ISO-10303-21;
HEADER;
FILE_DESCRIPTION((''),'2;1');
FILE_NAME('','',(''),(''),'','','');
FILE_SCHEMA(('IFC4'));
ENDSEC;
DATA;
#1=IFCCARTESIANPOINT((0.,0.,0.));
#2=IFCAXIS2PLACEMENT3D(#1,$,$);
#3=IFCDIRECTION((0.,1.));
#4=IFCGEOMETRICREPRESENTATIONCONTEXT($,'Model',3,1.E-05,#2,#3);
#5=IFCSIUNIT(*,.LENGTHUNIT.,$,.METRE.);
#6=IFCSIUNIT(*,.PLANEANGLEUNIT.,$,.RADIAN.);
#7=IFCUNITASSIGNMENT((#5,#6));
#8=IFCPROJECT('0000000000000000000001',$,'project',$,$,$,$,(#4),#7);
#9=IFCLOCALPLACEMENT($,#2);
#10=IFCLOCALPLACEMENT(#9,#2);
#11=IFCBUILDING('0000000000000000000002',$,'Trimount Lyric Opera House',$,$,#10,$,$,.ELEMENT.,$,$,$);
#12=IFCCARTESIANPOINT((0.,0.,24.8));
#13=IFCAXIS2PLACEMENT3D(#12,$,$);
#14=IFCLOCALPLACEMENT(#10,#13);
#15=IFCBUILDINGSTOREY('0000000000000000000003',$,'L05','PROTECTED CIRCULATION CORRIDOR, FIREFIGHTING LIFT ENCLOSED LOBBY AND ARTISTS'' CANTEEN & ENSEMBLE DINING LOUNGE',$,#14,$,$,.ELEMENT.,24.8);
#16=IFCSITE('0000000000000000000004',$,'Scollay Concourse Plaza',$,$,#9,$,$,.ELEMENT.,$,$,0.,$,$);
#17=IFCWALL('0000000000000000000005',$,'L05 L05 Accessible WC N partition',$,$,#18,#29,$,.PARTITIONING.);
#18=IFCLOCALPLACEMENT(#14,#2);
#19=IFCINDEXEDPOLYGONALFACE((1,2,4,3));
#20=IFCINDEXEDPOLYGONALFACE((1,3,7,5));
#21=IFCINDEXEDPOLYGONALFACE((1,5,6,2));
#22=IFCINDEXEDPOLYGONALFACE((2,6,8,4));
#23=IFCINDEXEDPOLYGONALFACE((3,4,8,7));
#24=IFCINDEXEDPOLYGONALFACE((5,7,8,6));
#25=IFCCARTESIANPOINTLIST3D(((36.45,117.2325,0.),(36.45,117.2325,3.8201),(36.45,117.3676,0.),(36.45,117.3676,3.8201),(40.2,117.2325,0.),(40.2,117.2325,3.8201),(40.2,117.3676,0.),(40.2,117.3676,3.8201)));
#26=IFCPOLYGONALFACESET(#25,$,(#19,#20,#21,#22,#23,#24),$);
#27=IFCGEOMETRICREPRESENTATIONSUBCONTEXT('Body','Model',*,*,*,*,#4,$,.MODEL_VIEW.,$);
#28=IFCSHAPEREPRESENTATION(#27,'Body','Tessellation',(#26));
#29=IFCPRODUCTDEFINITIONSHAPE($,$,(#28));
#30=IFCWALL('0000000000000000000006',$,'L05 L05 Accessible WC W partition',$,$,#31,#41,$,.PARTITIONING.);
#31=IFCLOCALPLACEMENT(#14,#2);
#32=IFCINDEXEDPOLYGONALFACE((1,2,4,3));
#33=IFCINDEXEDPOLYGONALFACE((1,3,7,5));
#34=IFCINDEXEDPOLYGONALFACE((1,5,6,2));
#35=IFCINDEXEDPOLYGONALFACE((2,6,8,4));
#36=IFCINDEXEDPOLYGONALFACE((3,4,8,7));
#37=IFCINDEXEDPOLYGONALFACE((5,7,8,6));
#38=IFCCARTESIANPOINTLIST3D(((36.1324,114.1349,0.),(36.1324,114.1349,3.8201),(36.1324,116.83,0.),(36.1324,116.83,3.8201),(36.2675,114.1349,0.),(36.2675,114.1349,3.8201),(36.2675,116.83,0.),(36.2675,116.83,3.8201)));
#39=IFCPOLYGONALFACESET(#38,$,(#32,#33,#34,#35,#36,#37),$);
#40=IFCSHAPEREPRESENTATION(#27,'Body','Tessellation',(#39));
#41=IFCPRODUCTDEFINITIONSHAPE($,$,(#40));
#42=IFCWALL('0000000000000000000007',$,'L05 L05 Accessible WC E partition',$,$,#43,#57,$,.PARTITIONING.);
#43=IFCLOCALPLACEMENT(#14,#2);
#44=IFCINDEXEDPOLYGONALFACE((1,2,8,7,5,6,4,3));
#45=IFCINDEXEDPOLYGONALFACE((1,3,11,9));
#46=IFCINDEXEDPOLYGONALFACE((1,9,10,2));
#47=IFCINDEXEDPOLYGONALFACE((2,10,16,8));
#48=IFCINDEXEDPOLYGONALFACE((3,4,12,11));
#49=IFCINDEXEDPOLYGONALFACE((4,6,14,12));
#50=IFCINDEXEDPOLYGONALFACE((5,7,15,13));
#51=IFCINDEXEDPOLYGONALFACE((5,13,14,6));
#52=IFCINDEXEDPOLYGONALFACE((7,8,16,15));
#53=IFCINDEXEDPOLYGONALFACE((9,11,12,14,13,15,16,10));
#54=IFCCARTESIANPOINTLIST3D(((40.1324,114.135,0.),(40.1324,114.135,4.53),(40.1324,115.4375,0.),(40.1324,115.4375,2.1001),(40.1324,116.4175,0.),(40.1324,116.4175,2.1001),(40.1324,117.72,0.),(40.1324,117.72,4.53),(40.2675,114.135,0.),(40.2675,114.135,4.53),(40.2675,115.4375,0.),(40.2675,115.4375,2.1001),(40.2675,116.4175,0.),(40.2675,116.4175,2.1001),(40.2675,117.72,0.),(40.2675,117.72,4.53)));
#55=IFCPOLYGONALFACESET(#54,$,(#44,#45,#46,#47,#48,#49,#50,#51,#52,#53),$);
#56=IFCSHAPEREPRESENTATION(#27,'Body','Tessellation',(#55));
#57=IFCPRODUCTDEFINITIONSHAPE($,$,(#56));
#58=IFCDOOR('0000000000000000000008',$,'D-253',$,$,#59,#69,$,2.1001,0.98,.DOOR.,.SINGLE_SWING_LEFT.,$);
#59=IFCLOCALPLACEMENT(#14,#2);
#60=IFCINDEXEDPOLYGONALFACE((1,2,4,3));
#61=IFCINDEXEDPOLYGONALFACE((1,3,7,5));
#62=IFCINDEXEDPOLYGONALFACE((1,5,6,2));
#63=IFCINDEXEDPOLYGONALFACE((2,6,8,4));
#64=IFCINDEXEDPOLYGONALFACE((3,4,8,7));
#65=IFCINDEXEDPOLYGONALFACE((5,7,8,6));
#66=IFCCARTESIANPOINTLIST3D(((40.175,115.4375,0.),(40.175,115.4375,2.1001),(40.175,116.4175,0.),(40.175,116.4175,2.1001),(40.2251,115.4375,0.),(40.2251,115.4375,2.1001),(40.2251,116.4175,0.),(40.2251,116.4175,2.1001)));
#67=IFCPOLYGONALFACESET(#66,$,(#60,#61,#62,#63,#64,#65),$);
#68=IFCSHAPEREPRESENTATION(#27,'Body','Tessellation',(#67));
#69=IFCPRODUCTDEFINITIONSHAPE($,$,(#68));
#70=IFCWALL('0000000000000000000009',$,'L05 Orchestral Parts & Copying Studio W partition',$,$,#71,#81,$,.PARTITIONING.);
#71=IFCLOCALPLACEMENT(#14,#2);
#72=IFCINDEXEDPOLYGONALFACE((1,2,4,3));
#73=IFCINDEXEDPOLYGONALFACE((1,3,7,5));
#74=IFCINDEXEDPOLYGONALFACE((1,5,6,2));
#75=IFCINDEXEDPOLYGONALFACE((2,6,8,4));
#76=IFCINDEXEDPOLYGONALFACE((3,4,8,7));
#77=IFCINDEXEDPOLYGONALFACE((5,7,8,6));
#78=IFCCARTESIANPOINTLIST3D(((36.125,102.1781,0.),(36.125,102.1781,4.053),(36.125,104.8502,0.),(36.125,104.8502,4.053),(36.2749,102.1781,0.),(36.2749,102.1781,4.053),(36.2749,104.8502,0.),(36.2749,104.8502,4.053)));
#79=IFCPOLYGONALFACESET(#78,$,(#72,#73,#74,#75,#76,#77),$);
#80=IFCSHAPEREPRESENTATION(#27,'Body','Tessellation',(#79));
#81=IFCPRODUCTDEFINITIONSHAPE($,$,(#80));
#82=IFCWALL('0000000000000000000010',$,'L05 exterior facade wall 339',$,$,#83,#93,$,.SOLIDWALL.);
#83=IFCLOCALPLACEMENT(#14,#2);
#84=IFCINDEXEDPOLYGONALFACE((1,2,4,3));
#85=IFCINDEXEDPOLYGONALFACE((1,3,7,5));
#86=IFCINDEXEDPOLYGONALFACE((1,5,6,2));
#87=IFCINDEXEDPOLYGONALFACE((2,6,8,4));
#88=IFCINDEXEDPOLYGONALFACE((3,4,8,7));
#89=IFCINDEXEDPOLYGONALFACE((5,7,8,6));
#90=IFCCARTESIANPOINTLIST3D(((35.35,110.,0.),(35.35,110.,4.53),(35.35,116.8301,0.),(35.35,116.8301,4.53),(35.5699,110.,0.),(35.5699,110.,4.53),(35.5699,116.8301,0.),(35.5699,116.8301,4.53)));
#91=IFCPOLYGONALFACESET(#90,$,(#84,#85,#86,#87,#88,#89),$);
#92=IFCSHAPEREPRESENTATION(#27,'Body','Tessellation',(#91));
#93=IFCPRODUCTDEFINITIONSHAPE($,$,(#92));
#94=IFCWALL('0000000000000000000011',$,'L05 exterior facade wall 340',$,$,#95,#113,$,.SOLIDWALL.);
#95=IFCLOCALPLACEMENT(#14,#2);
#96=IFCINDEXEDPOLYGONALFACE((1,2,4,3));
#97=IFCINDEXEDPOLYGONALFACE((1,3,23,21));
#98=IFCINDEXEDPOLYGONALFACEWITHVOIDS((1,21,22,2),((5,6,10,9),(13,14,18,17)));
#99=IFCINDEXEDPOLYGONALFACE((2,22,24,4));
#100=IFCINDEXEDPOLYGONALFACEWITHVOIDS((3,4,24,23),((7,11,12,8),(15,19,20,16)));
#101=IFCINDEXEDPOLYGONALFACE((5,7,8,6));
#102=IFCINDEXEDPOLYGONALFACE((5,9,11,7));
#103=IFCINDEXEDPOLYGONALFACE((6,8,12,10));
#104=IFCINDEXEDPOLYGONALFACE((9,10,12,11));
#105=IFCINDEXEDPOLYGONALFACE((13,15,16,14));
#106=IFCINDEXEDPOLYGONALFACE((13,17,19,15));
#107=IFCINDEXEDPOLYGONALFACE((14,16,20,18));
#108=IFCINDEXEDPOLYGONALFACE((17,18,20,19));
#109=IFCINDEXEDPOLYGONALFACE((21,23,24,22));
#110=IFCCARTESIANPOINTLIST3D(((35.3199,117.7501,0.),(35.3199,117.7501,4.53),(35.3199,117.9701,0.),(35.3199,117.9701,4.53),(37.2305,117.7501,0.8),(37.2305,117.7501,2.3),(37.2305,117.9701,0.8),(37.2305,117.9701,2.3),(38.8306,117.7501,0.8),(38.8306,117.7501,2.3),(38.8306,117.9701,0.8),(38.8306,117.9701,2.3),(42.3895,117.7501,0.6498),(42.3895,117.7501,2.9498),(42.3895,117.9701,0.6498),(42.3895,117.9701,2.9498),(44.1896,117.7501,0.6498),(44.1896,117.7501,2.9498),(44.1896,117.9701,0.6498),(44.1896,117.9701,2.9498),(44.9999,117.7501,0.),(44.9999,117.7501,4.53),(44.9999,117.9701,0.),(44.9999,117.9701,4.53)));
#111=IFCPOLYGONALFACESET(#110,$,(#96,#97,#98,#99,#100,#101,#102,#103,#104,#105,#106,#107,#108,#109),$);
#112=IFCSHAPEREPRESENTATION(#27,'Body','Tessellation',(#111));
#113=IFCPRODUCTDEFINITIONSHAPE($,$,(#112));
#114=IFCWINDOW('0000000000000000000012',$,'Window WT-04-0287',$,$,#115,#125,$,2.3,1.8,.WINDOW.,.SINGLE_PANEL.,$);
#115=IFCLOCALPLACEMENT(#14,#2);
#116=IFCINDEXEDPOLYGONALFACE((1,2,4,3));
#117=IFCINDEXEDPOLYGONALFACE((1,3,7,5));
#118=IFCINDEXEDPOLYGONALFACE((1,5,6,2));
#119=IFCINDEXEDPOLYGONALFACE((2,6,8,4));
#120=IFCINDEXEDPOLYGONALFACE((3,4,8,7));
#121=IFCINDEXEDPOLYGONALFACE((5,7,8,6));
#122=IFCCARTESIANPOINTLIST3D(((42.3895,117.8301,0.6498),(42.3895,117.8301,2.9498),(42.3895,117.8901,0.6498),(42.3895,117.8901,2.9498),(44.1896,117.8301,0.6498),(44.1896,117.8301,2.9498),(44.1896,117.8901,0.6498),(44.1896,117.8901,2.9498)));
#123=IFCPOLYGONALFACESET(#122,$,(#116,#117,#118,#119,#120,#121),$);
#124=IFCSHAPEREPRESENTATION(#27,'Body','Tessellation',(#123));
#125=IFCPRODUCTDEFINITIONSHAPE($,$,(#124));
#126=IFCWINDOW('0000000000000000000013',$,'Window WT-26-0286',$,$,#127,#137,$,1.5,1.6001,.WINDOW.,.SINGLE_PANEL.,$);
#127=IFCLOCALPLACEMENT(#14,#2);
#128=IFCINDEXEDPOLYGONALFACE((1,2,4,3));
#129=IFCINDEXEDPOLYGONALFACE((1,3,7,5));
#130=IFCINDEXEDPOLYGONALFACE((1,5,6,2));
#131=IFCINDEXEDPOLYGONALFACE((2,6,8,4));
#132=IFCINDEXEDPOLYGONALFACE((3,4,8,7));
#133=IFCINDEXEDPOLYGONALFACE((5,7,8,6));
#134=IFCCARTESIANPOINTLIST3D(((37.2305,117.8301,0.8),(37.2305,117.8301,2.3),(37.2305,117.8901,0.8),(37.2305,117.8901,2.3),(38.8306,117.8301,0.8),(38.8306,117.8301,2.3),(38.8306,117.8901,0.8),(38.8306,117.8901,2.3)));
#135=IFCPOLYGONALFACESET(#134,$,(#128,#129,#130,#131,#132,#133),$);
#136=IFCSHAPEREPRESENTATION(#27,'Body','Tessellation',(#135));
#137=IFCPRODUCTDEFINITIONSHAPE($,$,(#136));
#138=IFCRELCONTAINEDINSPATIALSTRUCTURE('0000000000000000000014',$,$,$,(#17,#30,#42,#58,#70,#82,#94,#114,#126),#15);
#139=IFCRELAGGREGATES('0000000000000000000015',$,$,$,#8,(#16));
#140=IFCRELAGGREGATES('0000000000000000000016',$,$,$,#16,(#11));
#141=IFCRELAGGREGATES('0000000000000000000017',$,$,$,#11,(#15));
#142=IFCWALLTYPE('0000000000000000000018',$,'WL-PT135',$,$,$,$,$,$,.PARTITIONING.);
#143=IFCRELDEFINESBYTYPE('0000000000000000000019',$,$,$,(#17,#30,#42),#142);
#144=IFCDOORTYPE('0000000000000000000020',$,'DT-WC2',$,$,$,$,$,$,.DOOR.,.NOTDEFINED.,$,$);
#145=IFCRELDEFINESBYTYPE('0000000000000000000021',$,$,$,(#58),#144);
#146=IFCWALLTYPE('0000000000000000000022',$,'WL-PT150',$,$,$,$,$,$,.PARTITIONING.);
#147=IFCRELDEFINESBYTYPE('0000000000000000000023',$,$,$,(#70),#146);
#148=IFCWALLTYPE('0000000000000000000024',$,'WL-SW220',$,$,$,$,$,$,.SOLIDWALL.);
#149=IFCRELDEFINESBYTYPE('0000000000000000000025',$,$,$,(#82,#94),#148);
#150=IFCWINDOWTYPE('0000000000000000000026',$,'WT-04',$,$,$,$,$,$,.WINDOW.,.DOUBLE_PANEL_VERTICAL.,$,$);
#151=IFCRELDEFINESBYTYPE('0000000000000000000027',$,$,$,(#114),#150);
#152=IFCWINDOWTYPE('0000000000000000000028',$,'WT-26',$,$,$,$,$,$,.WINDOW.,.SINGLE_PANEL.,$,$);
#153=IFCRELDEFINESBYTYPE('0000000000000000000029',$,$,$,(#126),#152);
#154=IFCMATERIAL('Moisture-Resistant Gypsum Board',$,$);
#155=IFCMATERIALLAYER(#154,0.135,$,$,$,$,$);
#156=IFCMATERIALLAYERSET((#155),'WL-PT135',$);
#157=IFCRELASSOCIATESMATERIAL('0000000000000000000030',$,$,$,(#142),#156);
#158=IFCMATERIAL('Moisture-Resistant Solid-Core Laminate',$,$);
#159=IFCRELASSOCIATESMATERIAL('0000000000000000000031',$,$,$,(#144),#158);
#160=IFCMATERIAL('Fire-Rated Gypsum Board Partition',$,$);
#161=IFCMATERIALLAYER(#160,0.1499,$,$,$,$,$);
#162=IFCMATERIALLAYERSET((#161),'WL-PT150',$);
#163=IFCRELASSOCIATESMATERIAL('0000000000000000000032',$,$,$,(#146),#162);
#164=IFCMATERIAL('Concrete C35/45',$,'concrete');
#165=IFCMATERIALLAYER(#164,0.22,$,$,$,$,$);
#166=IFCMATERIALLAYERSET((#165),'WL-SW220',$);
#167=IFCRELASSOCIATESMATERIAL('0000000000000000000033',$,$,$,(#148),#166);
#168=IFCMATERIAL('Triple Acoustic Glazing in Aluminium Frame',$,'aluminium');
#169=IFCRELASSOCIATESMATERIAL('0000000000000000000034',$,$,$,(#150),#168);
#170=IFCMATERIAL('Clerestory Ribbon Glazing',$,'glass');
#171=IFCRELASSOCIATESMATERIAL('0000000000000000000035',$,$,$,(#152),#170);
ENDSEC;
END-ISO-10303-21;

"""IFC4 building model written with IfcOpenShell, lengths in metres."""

from ifc_helpers import new_model, si_unit, direction, frame, frame_2d, origin, place, context, subcontext, project, spatial, rectangle, extrude, material, layer, layer_set, type_object, element, fill, save


model = new_model("IFC4")

# Units and contexts
model_context = context("Model", 3, precision=1e-05, world=origin(), true_north=direction((0.0, 1.0)))
body_context = subcontext(model_context, "Body", "Model", "MODEL_VIEW")
ifc_project = project(units=[si_unit("LENGTHUNIT", "METRE"), si_unit("PLANEANGLEUNIT", "RADIAN")], contexts=[model_context])

# Site, building, storey
site_placement = place(None, origin())
site = spatial("IfcSite", under=ifc_project, at=site_placement, Name="Scollay Concourse Plaza", CompositionType="ELEMENT", RefElevation=0.0)
building_placement = place(site_placement, origin())
building = spatial("IfcBuilding", under=site, at=building_placement, Name="Trimount Lyric Opera House", CompositionType="ELEMENT")
storey_placement = place(building_placement, frame((0.0, 0.0, 24.8)))
storey = spatial("IfcBuildingStorey", under=building, at=storey_placement, Name="L05", Description="PROTECTED CIRCULATION CORRIDOR, FIREFIGHTING LIFT ENCLOSED LOBBY AND ARTISTS' CANTEEN & ENSEMBLE DINING LOUNGE", CompositionType="ELEMENT", Elevation=24.8)

# Shared definitions
ifc_material_1 = material(Name="Moisture-Resistant Gypsum Board")
ifc_layer_1 = layer(ifc_material_1, 0.135)
ifc_layer_set_1 = layer_set([ifc_layer_1], Name="WL-PT135")
wall_type_1 = type_object("IfcWallType", Name="WL-PT135", PredefinedType="PARTITIONING", material=ifc_layer_set_1)

# Walls
wall_1_placement = place(storey_placement, frame((40.2, 117.3, 0.0), z_axis=(0.0, 0.0, 1.0), x_axis=(-1.0, 0.0, 0.0)))
element("IfcWall", 1, at=wall_1_placement, inside=storey, type_object=wall_type_1, Name="L05 L05 Accessible WC N partition", PredefinedType="PARTITIONING", context=body_context, shape_type="SweptSolid", body=[
    extrude(rectangle(XDim=3.75, YDim=0.135, at=frame_2d((1.875, 0.0))), origin(), (0.0, 0.0, 1.0), 3.8201),
])
wall_2_placement = place(storey_placement, frame((36.2, 116.8301, 0.0), z_axis=(0.0, 0.0, 1.0), x_axis=(0.0, -1.0, 0.0)))
element("IfcWall", 2, at=wall_2_placement, inside=storey, type_object=wall_type_1, Name="L05 L05 Accessible WC W partition", PredefinedType="PARTITIONING", context=body_context, shape_type="SweptSolid", body=[
    extrude(rectangle(XDim=2.6951, YDim=0.135, at=frame_2d((1.3477, 0.0))), origin(), (0.0, 0.0, 1.0), 3.8201),
])

# Wall, opening, door
wall_3_placement = place(storey_placement, frame((40.2, 114.135, 0.0), z_axis=(0.0, 0.0, 1.0), x_axis=(0.0, 1.0, 0.0)))
wall_3 = element("IfcWall", 3, at=wall_3_placement, inside=storey, type_object=wall_type_1, Name="L05 L05 Accessible WC E partition", PredefinedType="PARTITIONING", context=body_context, shape_type="SweptSolid", body=[
    extrude(rectangle(XDim=3.585, YDim=0.135, at=frame_2d((1.7925, 0.0))), origin(), (0.0, 0.0, 1.0), 4.53),
])
opening_1_placement = place(wall_3_placement, frame((1.3025, 0.0, 0.0)))
opening_1 = element("IfcOpeningElement", 4, at=opening_1_placement, cuts=wall_3, PredefinedType="OPENING", context=body_context, shape_type="SweptSolid", body=[
    extrude(rectangle(XDim=0.98, YDim=2.1001, at=frame_2d((0.49, 1.05))), frame((0.0, 0.0776, 0.0), z_axis=(0.0, -1.0, 0.0), x_axis=(1.0, 0.0, 0.0)), (0.0, 0.0, 1.0), 0.155),
])
ifc_material_2 = material(Name="Moisture-Resistant Solid-Core Laminate")
door_type_1 = type_object("IfcDoorType", Name="DT-WC2", OperationType="NOTDEFINED", PredefinedType="DOOR", material=ifc_material_2)
door_1_placement = place(opening_1_placement, origin())
door_1 = element("IfcDoor", 5, at=door_1_placement, inside=storey, type_object=door_type_1, Name="D-253", OperationType="SINGLE_SWING_LEFT", OverallHeight=2.1001, OverallWidth=0.98, PredefinedType="DOOR", context=body_context, shape_type="SweptSolid", body=[
    extrude(rectangle(XDim=0.98, YDim=2.1001, at=frame_2d((0.49, 1.05))), frame((0.0, 0.0249, 0.0), z_axis=(0.0, -1.0, 0.0), x_axis=(1.0, 0.0, 0.0)), (0.0, 0.0, 1.0), 0.05),
])
fill(opening_1, door_1)

# Walls
ifc_material_3 = material(Name="Fire-Rated Gypsum Board Partition")
ifc_layer_2 = layer(ifc_material_3, 0.1499)
ifc_layer_set_2 = layer_set([ifc_layer_2], Name="WL-PT150")
wall_type_2 = type_object("IfcWallType", Name="WL-PT150", PredefinedType="PARTITIONING", material=ifc_layer_set_2)
wall_4_placement = place(storey_placement, frame((36.2, 104.8501, 0.0), z_axis=(0.0, 0.0, 1.0), x_axis=(0.0, -1.0, 0.0)))
element("IfcWall", 6, at=wall_4_placement, inside=storey, type_object=wall_type_2, Name="L05 Orchestral Parts & Copying Studio W partition", PredefinedType="PARTITIONING", context=body_context, shape_type="SweptSolid", body=[
    extrude(rectangle(XDim=2.6721, YDim=0.1499, at=frame_2d((1.3359, 0.0))), origin(), (0.0, 0.0, 1.0), 4.053),
])
ifc_material_4 = material(Name="Concrete C35/45", Category="concrete")
ifc_layer_3 = layer(ifc_material_4, 0.22)
ifc_layer_set_3 = layer_set([ifc_layer_3], Name="WL-SW220")
wall_type_3 = type_object("IfcWallType", Name="WL-SW220", PredefinedType="SOLIDWALL", material=ifc_layer_set_3)
wall_5_placement = place(storey_placement, frame((35.46, 110.0, 0.0), z_axis=(0.0, 0.0, 1.0), x_axis=(0.0, 1.0, 0.0)))
element("IfcWall", 7, at=wall_5_placement, inside=storey, type_object=wall_type_3, Name="L05 exterior facade wall 339", PredefinedType="SOLIDWALL", context=body_context, shape_type="SweptSolid", body=[
    extrude(rectangle(XDim=6.8301, YDim=0.22, at=frame_2d((3.415, 0.0))), origin(), (0.0, 0.0, 1.0), 4.53),
])

# Wall, openings, windows
wall_6_placement = place(storey_placement, frame((35.3201, 117.8601, 0.0), z_axis=(0.0, 0.0, 1.0), x_axis=(1.0, 0.0, 0.0)))
wall_6 = element("IfcWall", 8, at=wall_6_placement, inside=storey, type_object=wall_type_3, Name="L05 exterior facade wall 340", PredefinedType="SOLIDWALL", context=body_context, shape_type="SweptSolid", body=[
    extrude(rectangle(XDim=9.6799, YDim=0.22, at=frame_2d((4.8398, 0.0))), origin(), (0.0, 0.0, 1.0), 4.53),
])
opening_2_placement = place(wall_6_placement, frame((1.9104, 0.0, 0.8)))
opening_2 = element("IfcOpeningElement", 9, at=opening_2_placement, cuts=wall_6, PredefinedType="OPENING", context=body_context, shape_type="SweptSolid", body=[
    extrude(rectangle(XDim=1.6001, YDim=1.5, at=frame_2d((0.8, 0.75))), frame((0.0, 0.1201, 0.0), z_axis=(0.0, -1.0, 0.0), x_axis=(1.0, 0.0, 0.0)), (0.0, 0.0, 1.0), 0.24),
])
opening_3_placement = place(wall_6_placement, frame((7.0696, 0.0, 0.6499)))
opening_3 = element("IfcOpeningElement", 10, at=opening_3_placement, cuts=wall_6, PredefinedType="OPENING", context=body_context, shape_type="SweptSolid", body=[
    extrude(rectangle(XDim=1.8, YDim=2.3, at=frame_2d((0.8999, 1.1499))), frame((0.0, 0.1201, 0.0), z_axis=(0.0, -1.0, 0.0), x_axis=(1.0, 0.0, 0.0)), (0.0, 0.0, 1.0), 0.24),
])
ifc_material_5 = material(Name="Triple Acoustic Glazing in Aluminium Frame", Category="aluminium")
window_type_1 = type_object("IfcWindowType", Name="WT-04", PartitioningType="DOUBLE_PANEL_VERTICAL", PredefinedType="WINDOW", material=ifc_material_5)
window_1_placement = place(opening_3_placement, origin())
window_1 = element("IfcWindow", 11, at=window_1_placement, inside=storey, type_object=window_type_1, Name="Window WT-04-0287", OverallHeight=2.3, OverallWidth=1.8, PartitioningType="SINGLE_PANEL", PredefinedType="WINDOW", context=body_context, shape_type="SweptSolid", body=[
    extrude(rectangle(XDim=1.8, YDim=2.3, at=frame_2d((0.8999, 1.1499))), frame((0.0, 0.03, 0.0), z_axis=(0.0, -1.0, 0.0), x_axis=(1.0, 0.0, 0.0)), (0.0, 0.0, 1.0), 0.0601),
])
fill(opening_3, window_1)
ifc_material_6 = material(Name="Clerestory Ribbon Glazing", Category="glass")
window_type_2 = type_object("IfcWindowType", Name="WT-26", PartitioningType="SINGLE_PANEL", PredefinedType="WINDOW", material=ifc_material_6)
window_2_placement = place(opening_2_placement, origin())
window_2 = element("IfcWindow", 12, at=window_2_placement, inside=storey, type_object=window_type_2, Name="Window WT-26-0286", OverallHeight=1.5, OverallWidth=1.6001, PartitioningType="SINGLE_PANEL", PredefinedType="WINDOW", context=body_context, shape_type="SweptSolid", body=[
    extrude(rectangle(XDim=1.6001, YDim=1.5, at=frame_2d((0.8, 0.75))), frame((0.0, 0.03, 0.0), z_axis=(0.0, -1.0, 0.0), x_axis=(1.0, 0.0, 0.0)), (0.0, 0.0, 1.0), 0.0601),
])
fill(opening_2, window_2)

save(model, "model.ifc")
